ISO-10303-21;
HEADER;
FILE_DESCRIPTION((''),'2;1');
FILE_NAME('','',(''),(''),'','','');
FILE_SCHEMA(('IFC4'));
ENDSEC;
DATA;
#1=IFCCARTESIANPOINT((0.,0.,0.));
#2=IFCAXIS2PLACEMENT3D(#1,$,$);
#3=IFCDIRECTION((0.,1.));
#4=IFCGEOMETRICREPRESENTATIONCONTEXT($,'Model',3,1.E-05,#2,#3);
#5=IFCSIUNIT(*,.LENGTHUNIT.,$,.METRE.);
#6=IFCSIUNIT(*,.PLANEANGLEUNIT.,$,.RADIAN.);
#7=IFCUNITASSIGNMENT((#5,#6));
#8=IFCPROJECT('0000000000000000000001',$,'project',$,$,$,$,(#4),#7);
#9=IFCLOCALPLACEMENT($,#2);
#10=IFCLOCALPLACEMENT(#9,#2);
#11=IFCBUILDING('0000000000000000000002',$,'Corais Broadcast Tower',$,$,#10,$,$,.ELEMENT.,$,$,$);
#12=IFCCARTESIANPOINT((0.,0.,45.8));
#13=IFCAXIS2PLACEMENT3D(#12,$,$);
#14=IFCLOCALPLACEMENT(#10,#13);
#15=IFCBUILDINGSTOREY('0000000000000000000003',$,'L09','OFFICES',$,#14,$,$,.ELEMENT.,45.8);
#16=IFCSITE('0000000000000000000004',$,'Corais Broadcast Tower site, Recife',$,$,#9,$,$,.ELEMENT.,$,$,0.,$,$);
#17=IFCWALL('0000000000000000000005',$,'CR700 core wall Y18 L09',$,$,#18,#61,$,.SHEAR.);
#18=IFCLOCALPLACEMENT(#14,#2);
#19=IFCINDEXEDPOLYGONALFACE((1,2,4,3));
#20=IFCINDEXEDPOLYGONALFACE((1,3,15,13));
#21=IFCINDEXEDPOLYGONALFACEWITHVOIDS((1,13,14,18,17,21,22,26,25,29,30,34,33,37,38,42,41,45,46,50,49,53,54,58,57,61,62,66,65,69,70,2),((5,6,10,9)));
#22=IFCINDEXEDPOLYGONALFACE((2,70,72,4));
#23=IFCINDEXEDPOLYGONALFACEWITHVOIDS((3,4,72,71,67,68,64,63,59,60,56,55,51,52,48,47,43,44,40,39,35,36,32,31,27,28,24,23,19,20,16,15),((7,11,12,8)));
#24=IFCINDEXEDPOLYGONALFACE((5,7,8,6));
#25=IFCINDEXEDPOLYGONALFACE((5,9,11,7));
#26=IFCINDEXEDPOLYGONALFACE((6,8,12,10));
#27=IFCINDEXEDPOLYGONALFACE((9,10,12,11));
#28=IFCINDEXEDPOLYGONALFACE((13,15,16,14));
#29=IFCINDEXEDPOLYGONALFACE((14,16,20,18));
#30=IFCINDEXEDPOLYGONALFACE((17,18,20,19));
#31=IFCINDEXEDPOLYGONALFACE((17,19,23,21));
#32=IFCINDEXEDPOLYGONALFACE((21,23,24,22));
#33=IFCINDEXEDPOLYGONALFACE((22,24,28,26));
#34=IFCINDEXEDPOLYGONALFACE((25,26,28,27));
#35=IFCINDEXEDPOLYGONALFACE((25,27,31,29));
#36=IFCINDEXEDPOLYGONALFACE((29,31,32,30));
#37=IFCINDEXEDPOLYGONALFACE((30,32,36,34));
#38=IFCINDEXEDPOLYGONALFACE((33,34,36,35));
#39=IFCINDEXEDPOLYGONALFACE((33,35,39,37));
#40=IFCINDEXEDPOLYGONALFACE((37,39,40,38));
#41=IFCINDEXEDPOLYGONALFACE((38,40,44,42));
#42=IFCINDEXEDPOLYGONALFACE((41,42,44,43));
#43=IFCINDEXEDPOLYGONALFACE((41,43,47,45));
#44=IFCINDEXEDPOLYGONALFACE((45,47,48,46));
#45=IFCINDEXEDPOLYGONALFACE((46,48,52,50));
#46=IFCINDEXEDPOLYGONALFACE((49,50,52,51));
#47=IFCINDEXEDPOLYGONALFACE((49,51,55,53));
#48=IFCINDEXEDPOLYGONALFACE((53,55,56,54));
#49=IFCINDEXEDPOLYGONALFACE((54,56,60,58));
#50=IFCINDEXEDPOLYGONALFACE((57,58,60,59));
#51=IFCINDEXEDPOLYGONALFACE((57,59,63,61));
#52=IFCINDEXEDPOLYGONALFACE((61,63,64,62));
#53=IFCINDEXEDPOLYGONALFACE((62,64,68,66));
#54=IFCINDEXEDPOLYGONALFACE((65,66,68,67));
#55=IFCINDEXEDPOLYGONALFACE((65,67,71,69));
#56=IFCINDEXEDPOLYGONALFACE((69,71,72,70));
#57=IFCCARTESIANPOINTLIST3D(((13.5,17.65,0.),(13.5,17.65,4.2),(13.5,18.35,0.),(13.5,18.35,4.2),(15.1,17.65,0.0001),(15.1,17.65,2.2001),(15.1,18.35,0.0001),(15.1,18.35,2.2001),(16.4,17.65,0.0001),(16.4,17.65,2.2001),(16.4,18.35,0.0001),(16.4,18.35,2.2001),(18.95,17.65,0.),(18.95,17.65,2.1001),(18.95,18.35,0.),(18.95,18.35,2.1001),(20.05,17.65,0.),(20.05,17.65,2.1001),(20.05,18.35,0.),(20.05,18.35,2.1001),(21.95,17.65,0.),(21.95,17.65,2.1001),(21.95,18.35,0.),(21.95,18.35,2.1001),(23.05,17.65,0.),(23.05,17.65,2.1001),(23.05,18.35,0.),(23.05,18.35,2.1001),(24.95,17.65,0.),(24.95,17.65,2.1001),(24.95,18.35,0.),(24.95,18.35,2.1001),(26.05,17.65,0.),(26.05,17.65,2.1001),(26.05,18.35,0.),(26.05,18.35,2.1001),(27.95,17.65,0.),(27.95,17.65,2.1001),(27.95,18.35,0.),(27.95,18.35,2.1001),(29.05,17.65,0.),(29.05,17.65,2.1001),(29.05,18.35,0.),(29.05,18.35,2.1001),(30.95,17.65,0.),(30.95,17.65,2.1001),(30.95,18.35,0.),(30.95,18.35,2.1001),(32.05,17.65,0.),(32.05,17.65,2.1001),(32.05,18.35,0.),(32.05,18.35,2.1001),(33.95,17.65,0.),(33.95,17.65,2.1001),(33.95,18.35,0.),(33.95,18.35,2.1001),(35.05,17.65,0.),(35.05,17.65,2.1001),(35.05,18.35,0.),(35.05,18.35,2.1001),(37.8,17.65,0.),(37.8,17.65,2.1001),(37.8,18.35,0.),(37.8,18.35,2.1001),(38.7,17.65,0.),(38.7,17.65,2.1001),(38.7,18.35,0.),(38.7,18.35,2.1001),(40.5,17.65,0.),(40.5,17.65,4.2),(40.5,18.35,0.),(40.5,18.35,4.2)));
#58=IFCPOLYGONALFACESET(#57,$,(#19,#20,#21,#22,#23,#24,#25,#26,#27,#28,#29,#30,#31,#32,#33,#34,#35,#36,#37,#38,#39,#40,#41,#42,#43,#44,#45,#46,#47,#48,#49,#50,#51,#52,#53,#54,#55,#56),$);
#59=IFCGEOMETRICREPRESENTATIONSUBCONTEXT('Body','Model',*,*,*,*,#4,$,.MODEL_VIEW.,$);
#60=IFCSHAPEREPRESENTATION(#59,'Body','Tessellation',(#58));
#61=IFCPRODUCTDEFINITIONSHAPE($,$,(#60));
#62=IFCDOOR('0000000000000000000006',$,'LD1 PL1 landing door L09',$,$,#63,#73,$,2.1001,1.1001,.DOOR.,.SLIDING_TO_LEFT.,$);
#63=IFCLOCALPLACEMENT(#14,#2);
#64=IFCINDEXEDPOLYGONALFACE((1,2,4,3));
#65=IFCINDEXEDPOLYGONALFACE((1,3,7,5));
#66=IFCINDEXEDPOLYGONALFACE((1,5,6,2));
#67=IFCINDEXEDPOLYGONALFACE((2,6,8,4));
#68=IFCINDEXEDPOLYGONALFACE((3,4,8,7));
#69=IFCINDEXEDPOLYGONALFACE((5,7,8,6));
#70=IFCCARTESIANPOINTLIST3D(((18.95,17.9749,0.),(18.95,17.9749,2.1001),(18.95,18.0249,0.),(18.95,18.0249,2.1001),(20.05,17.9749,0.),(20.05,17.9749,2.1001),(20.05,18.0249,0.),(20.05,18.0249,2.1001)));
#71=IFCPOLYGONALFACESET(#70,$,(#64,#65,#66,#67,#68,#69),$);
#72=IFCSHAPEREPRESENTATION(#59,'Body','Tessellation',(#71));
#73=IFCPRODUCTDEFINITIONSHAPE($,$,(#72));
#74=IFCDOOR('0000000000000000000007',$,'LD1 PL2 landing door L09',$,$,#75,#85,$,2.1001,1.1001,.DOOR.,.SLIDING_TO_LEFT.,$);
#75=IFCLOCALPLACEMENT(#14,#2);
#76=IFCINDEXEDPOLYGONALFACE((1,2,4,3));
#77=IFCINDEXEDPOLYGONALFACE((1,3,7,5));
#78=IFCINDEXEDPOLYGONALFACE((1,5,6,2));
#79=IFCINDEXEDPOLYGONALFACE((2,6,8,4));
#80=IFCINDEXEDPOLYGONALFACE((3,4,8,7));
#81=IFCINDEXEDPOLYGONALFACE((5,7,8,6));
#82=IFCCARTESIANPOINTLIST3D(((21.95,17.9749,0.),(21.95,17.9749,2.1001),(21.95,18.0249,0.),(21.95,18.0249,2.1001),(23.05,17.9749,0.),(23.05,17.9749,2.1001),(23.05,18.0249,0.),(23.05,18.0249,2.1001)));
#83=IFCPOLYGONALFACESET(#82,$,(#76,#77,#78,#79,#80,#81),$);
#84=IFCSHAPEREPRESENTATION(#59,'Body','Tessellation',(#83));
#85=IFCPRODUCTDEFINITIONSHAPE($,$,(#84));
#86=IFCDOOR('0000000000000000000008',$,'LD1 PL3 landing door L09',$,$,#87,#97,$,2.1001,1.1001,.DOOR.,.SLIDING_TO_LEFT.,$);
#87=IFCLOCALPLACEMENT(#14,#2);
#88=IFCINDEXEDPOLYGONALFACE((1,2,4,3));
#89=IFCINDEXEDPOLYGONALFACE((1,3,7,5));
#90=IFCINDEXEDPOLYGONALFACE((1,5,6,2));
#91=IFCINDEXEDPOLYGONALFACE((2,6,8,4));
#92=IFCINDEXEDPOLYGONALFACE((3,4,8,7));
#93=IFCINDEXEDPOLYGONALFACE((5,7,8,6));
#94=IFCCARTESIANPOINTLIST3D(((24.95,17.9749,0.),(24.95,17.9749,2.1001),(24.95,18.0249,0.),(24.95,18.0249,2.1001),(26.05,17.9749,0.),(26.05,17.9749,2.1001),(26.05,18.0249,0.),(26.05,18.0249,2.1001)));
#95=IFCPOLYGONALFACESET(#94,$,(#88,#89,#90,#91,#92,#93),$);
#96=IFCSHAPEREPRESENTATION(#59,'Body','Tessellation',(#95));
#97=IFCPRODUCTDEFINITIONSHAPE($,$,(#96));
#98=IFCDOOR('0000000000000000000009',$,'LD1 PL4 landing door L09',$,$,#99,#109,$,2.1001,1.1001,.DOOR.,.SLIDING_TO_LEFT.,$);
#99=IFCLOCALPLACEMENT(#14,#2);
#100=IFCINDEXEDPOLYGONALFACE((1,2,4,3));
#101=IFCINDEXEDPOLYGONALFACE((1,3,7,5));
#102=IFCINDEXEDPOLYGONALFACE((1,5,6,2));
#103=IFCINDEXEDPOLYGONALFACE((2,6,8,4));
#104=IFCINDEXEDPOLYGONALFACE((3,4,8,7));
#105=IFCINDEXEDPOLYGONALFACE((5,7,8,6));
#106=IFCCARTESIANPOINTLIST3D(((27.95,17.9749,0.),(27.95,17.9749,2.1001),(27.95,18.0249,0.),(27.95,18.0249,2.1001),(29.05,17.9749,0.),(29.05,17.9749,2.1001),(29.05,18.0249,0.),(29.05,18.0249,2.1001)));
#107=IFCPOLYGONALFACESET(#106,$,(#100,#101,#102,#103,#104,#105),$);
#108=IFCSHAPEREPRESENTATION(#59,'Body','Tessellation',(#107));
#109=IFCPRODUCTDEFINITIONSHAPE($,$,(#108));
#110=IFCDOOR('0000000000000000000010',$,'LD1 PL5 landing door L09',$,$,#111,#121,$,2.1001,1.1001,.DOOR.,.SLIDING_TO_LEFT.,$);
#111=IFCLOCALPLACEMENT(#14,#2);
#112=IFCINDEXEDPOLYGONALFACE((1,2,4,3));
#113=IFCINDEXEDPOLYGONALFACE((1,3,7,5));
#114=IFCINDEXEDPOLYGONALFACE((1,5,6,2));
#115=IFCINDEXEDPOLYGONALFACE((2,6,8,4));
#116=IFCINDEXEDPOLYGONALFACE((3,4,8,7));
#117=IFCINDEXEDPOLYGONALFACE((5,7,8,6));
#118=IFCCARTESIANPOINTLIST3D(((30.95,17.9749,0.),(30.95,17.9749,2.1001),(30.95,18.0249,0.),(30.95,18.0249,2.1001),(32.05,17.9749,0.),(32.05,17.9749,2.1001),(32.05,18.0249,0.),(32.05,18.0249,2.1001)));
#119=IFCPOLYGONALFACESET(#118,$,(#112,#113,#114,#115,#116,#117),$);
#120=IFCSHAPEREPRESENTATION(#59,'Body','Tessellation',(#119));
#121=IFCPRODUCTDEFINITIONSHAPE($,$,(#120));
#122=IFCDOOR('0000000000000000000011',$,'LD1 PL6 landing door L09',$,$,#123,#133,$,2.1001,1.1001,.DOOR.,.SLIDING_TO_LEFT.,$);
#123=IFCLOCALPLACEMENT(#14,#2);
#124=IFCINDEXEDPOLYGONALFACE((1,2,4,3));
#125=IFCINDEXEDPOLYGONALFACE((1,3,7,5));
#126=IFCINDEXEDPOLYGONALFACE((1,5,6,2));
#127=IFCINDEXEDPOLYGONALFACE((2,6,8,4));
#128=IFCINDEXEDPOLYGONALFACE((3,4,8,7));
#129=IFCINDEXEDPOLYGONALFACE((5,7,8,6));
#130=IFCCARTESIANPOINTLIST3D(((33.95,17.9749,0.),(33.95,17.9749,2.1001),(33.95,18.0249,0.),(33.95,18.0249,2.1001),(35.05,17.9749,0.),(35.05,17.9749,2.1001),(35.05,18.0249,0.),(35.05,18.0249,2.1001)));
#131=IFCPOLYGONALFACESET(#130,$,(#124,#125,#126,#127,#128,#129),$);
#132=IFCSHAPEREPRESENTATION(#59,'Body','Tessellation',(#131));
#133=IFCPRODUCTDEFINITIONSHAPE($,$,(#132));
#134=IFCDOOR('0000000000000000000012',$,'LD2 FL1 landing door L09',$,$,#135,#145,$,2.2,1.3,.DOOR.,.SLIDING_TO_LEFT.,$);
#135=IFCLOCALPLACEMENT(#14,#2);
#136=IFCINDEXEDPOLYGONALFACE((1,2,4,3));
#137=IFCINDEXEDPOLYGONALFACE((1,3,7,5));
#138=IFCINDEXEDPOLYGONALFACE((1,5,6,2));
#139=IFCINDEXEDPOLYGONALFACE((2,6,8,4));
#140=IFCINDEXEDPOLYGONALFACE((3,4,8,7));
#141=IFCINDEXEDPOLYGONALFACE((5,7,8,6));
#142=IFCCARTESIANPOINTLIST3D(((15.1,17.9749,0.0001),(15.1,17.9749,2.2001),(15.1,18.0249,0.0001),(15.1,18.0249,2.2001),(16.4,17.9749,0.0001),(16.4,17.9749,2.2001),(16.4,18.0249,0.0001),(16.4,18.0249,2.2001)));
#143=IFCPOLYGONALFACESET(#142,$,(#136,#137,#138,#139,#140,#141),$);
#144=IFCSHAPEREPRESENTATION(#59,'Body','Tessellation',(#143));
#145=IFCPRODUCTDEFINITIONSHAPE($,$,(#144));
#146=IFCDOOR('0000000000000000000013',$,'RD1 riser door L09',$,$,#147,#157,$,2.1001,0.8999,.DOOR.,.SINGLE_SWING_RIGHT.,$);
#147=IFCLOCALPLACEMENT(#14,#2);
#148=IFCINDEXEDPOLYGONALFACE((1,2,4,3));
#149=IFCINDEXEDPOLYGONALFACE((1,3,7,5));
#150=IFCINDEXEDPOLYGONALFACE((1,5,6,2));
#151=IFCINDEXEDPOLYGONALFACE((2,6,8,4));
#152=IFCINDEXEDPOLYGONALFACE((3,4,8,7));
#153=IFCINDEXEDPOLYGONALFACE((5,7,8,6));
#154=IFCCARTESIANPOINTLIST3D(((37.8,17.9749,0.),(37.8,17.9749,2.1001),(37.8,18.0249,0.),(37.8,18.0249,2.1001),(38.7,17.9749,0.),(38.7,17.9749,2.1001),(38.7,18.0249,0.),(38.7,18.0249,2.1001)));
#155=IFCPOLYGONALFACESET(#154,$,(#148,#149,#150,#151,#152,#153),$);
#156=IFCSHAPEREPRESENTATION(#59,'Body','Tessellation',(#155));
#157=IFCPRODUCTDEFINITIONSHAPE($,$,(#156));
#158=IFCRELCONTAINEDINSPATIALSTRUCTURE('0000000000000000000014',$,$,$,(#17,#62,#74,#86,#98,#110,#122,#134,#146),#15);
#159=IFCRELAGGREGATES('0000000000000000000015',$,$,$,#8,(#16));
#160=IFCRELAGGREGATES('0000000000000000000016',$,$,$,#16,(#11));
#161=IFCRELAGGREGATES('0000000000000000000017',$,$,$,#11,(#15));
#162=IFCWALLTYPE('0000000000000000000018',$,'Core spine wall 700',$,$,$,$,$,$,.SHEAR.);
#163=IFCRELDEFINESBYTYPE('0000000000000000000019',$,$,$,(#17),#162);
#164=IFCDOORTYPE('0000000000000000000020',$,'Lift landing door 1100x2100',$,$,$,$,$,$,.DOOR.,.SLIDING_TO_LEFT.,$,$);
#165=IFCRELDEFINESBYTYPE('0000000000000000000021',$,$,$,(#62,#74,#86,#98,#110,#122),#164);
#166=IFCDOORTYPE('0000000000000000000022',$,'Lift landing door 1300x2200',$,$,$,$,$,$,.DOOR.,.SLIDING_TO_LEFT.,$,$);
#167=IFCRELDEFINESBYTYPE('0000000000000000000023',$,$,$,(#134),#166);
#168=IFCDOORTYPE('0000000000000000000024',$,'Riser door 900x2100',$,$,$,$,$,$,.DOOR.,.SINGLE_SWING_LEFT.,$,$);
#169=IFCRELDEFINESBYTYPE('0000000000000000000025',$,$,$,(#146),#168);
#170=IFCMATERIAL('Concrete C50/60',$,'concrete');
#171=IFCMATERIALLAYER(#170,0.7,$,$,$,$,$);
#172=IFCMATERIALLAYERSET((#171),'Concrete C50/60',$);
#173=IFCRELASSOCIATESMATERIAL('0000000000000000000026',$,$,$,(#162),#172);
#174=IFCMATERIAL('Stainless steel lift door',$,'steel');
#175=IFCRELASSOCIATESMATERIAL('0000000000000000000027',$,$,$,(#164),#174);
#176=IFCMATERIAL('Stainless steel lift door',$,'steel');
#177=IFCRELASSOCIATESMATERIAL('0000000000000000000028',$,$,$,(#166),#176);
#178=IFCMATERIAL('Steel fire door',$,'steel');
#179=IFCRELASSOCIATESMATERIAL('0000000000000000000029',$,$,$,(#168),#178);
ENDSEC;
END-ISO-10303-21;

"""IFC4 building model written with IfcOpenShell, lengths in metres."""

from ifc_helpers import new_model, si_unit, direction, frame, frame_2d, origin, place, context, subcontext, project, spatial, rectangle, extrude, material, layer, layer_set, type_object, element, fill, save


model = new_model("IFC4")

# Units and contexts
model_context = context("Model", 3, precision=1e-05, world=origin(), true_north=direction((0.0, 1.0)))
body_context = subcontext(model_context, "Body", "Model", "MODEL_VIEW")
ifc_project = project(units=[si_unit("LENGTHUNIT", "METRE"), si_unit("PLANEANGLEUNIT", "RADIAN")], contexts=[model_context])

# Site, building, storey
site_placement = place(None, origin())
site = spatial("IfcSite", under=ifc_project, at=site_placement, Name="Corais Broadcast Tower site, Recife", CompositionType="ELEMENT", RefElevation=0.0)
building_placement = place(site_placement, origin())
building = spatial("IfcBuilding", under=site, at=building_placement, Name="Corais Broadcast Tower", CompositionType="ELEMENT")
storey_placement = place(building_placement, frame((0.0, 0.0, 45.8)))
storey = spatial("IfcBuildingStorey", under=building, at=storey_placement, Name="L09", Description="OFFICES", CompositionType="ELEMENT", Elevation=45.8)

# Shared definitions
ifc_material_1 = material(Name="Concrete C50/60", Category="concrete")
ifc_layer_1 = layer(ifc_material_1, 0.7)
ifc_layer_set_1 = layer_set([ifc_layer_1], Name="Concrete C50/60")
wall_type_1 = type_object("IfcWallType", Name="Core spine wall 700", PredefinedType="SHEAR", material=ifc_layer_set_1)

# Wall, openings, doors
wall_1_placement = place(storey_placement, frame((13.5, 18.0, 0.0), z_axis=(0.0, 0.0, 1.0), x_axis=(1.0, 0.0, 0.0)))
wall_1 = element("IfcWall", 1, at=wall_1_placement, inside=storey, type_object=wall_type_1, Name="CR700 core wall Y18 L09", PredefinedType="SHEAR", context=body_context, shape_type="SweptSolid", body=[
    extrude(rectangle(XDim=27.0, YDim=0.7, at=frame_2d((13.5, 0.0))), origin(), (0.0, 0.0, 1.0), 4.2),
])
opening_1_placement = place(wall_1_placement, frame((24.3, 0.0, 0.0)))
opening_1 = element("IfcOpeningElement", 2, at=opening_1_placement, cuts=wall_1, PredefinedType="OPENING", context=body_context, shape_type="SweptSolid", body=[
    extrude(rectangle(XDim=0.8999, YDim=2.1001, at=frame_2d((0.45, 1.05))), frame((0.0, 0.3599, 0.0), z_axis=(0.0, -1.0, 0.0), x_axis=(1.0, 0.0, 0.0)), (0.0, 0.0, 1.0), 0.72),
])
opening_2_placement = place(wall_1_placement, frame((5.45, 0.0, 0.0)))
opening_2 = element("IfcOpeningElement", 3, at=opening_2_placement, cuts=wall_1, PredefinedType="OPENING", context=body_context, shape_type="SweptSolid", body=[
    extrude(rectangle(XDim=1.1001, YDim=2.1001, at=frame_2d((0.55, 1.05))), frame((0.0, 0.3599, 0.0), z_axis=(0.0, -1.0, 0.0), x_axis=(1.0, 0.0, 0.0)), (0.0, 0.0, 1.0), 0.72),
])
opening_3_placement = place(wall_1_placement, frame((8.45, 0.0, 0.0)))
opening_3 = element("IfcOpeningElement", 4, at=opening_3_placement, cuts=wall_1, PredefinedType="OPENING", context=body_context, shape_type="SweptSolid", body=[
    extrude(rectangle(XDim=1.1001, YDim=2.1001, at=frame_2d((0.55, 1.05))), frame((0.0, 0.3599, 0.0), z_axis=(0.0, -1.0, 0.0), x_axis=(1.0, 0.0, 0.0)), (0.0, 0.0, 1.0), 0.72),
])
opening_4_placement = place(wall_1_placement, frame((11.45, 0.0, 0.0)))
opening_4 = element("IfcOpeningElement", 5, at=opening_4_placement, cuts=wall_1, PredefinedType="OPENING", context=body_context, shape_type="SweptSolid", body=[
    extrude(rectangle(XDim=1.1001, YDim=2.1001, at=frame_2d((0.55, 1.05))), frame((0.0, 0.3599, 0.0), z_axis=(0.0, -1.0, 0.0), x_axis=(1.0, 0.0, 0.0)), (0.0, 0.0, 1.0), 0.72),
])
opening_5_placement = place(wall_1_placement, frame((14.45, 0.0, 0.0)))
opening_5 = element("IfcOpeningElement", 6, at=opening_5_placement, cuts=wall_1, PredefinedType="OPENING", context=body_context, shape_type="SweptSolid", body=[
    extrude(rectangle(XDim=1.1001, YDim=2.1001, at=frame_2d((0.55, 1.05))), frame((0.0, 0.3599, 0.0), z_axis=(0.0, -1.0, 0.0), x_axis=(1.0, 0.0, 0.0)), (0.0, 0.0, 1.0), 0.72),
])
opening_6_placement = place(wall_1_placement, frame((17.45, 0.0, 0.0)))
opening_6 = element("IfcOpeningElement", 7, at=opening_6_placement, cuts=wall_1, PredefinedType="OPENING", context=body_context, shape_type="SweptSolid", body=[
    extrude(rectangle(XDim=1.1001, YDim=2.1001, at=frame_2d((0.55, 1.05))), frame((0.0, 0.3599, 0.0), z_axis=(0.0, -1.0, 0.0), x_axis=(1.0, 0.0, 0.0)), (0.0, 0.0, 1.0), 0.72),
])
opening_7_placement = place(wall_1_placement, frame((20.45, 0.0, 0.0)))
opening_7 = element("IfcOpeningElement", 8, at=opening_7_placement, cuts=wall_1, PredefinedType="OPENING", context=body_context, shape_type="SweptSolid", body=[
    extrude(rectangle(XDim=1.1001, YDim=2.1001, at=frame_2d((0.55, 1.05))), frame((0.0, 0.3599, 0.0), z_axis=(0.0, -1.0, 0.0), x_axis=(1.0, 0.0, 0.0)), (0.0, 0.0, 1.0), 0.72),
])
opening_8_placement = place(wall_1_placement, frame((1.6001, 0.0, 0.0)))
opening_8 = element("IfcOpeningElement", 9, at=opening_8_placement, cuts=wall_1, PredefinedType="OPENING", context=body_context, shape_type="SweptSolid", body=[
    extrude(rectangle(XDim=1.3, YDim=2.2, at=frame_2d((0.6499, 1.1001))), frame((0.0, 0.3599, 0.0), z_axis=(0.0, -1.0, 0.0), x_axis=(1.0, 0.0, 0.0)), (0.0, 0.0, 1.0), 0.72),
])
ifc_material_2 = material(Name="Stainless steel lift door", Category="steel")
door_type_1 = type_object("IfcDoorType", Name="Lift landing door 1100x2100", OperationType="SLIDING_TO_LEFT", PredefinedType="DOOR", material=ifc_material_2)
door_1_placement = place(opening_2_placement, origin())
door_1 = element("IfcDoor", 10, at=door_1_placement, inside=storey, type_object=door_type_1, Name="LD1 PL1 landing door L09", OperationType="SLIDING_TO_LEFT", OverallHeight=2.1001, OverallWidth=1.1001, PredefinedType="DOOR", context=body_context, shape_type="SweptSolid", body=[
    extrude(rectangle(XDim=1.1001, YDim=2.1001, at=frame_2d((0.55, 1.05))), frame((0.0, 0.0249, 0.0), z_axis=(0.0, -1.0, 0.0), x_axis=(1.0, 0.0, 0.0)), (0.0, 0.0, 1.0), 0.05),
])
fill(opening_2, door_1)
door_2_placement = place(opening_3_placement, origin())
door_2 = element("IfcDoor", 11, at=door_2_placement, inside=storey, type_object=door_type_1, Name="LD1 PL2 landing door L09", OperationType="SLIDING_TO_LEFT", OverallHeight=2.1001, OverallWidth=1.1001, PredefinedType="DOOR", context=body_context, shape_type="SweptSolid", body=[
    extrude(rectangle(XDim=1.1001, YDim=2.1001, at=frame_2d((0.55, 1.05))), frame((0.0, 0.0249, 0.0), z_axis=(0.0, -1.0, 0.0), x_axis=(1.0, 0.0, 0.0)), (0.0, 0.0, 1.0), 0.05),
])
fill(opening_3, door_2)
door_3_placement = place(opening_4_placement, origin())
door_3 = element("IfcDoor", 12, at=door_3_placement, inside=storey, type_object=door_type_1, Name="LD1 PL3 landing door L09", OperationType="SLIDING_TO_LEFT", OverallHeight=2.1001, OverallWidth=1.1001, PredefinedType="DOOR", context=body_context, shape_type="SweptSolid", body=[
    extrude(rectangle(XDim=1.1001, YDim=2.1001, at=frame_2d((0.55, 1.05))), frame((0.0, 0.0249, 0.0), z_axis=(0.0, -1.0, 0.0), x_axis=(1.0, 0.0, 0.0)), (0.0, 0.0, 1.0), 0.05),
])
fill(opening_4, door_3)
door_4_placement = place(opening_5_placement, origin())
door_4 = element("IfcDoor", 13, at=door_4_placement, inside=storey, type_object=door_type_1, Name="LD1 PL4 landing door L09", OperationType="SLIDING_TO_LEFT", OverallHeight=2.1001, OverallWidth=1.1001, PredefinedType="DOOR", context=body_context, shape_type="SweptSolid", body=[
    extrude(rectangle(XDim=1.1001, YDim=2.1001, at=frame_2d((0.55, 1.05))), frame((0.0, 0.0249, 0.0), z_axis=(0.0, -1.0, 0.0), x_axis=(1.0, 0.0, 0.0)), (0.0, 0.0, 1.0), 0.05),
])
fill(opening_5, door_4)
door_5_placement = place(opening_6_placement, origin())
door_5 = element("IfcDoor", 14, at=door_5_placement, inside=storey, type_object=door_type_1, Name="LD1 PL5 landing door L09", OperationType="SLIDING_TO_LEFT", OverallHeight=2.1001, OverallWidth=1.1001, PredefinedType="DOOR", context=body_context, shape_type="SweptSolid", body=[
    extrude(rectangle(XDim=1.1001, YDim=2.1001, at=frame_2d((0.55, 1.05))), frame((0.0, 0.0249, 0.0), z_axis=(0.0, -1.0, 0.0), x_axis=(1.0, 0.0, 0.0)), (0.0, 0.0, 1.0), 0.05),
])
fill(opening_6, door_5)
door_6_placement = place(opening_7_placement, origin())
door_6 = element("IfcDoor", 15, at=door_6_placement, inside=storey, type_object=door_type_1, Name="LD1 PL6 landing door L09", OperationType="SLIDING_TO_LEFT", OverallHeight=2.1001, OverallWidth=1.1001, PredefinedType="DOOR", context=body_context, shape_type="SweptSolid", body=[
    extrude(rectangle(XDim=1.1001, YDim=2.1001, at=frame_2d((0.55, 1.05))), frame((0.0, 0.0249, 0.0), z_axis=(0.0, -1.0, 0.0), x_axis=(1.0, 0.0, 0.0)), (0.0, 0.0, 1.0), 0.05),
])
fill(opening_7, door_6)
ifc_material_3 = material(Name="Stainless steel lift door", Category="steel")
door_type_2 = type_object("IfcDoorType", Name="Lift landing door 1300x2200", OperationType="SLIDING_TO_LEFT", PredefinedType="DOOR", material=ifc_material_3)
door_7_placement = place(opening_8_placement, origin())
door_7 = element("IfcDoor", 16, at=door_7_placement, inside=storey, type_object=door_type_2, Name="LD2 FL1 landing door L09", OperationType="SLIDING_TO_LEFT", OverallHeight=2.2, OverallWidth=1.3, PredefinedType="DOOR", context=body_context, shape_type="SweptSolid", body=[
    extrude(rectangle(XDim=1.3, YDim=2.2, at=frame_2d((0.6499, 1.1001))), frame((0.0, 0.0249, 0.0), z_axis=(0.0, -1.0, 0.0), x_axis=(1.0, 0.0, 0.0)), (0.0, 0.0, 1.0), 0.05),
])
fill(opening_8, door_7)
ifc_material_4 = material(Name="Steel fire door", Category="steel")
door_type_3 = type_object("IfcDoorType", Name="Riser door 900x2100", OperationType="SINGLE_SWING_LEFT", PredefinedType="DOOR", material=ifc_material_4)
door_8_placement = place(opening_1_placement, origin())
door_8 = element("IfcDoor", 17, at=door_8_placement, inside=storey, type_object=door_type_3, Name="RD1 riser door L09", OperationType="SINGLE_SWING_RIGHT", OverallHeight=2.1001, OverallWidth=0.8999, PredefinedType="DOOR", context=body_context, shape_type="SweptSolid", body=[
    extrude(rectangle(XDim=0.8999, YDim=2.1001, at=frame_2d((0.45, 1.05))), frame((0.0, 0.0249, 0.0), z_axis=(0.0, -1.0, 0.0), x_axis=(1.0, 0.0, 0.0)), (0.0, 0.0, 1.0), 0.05),
])
fill(opening_1, door_8)

save(model, "model.ifc")
